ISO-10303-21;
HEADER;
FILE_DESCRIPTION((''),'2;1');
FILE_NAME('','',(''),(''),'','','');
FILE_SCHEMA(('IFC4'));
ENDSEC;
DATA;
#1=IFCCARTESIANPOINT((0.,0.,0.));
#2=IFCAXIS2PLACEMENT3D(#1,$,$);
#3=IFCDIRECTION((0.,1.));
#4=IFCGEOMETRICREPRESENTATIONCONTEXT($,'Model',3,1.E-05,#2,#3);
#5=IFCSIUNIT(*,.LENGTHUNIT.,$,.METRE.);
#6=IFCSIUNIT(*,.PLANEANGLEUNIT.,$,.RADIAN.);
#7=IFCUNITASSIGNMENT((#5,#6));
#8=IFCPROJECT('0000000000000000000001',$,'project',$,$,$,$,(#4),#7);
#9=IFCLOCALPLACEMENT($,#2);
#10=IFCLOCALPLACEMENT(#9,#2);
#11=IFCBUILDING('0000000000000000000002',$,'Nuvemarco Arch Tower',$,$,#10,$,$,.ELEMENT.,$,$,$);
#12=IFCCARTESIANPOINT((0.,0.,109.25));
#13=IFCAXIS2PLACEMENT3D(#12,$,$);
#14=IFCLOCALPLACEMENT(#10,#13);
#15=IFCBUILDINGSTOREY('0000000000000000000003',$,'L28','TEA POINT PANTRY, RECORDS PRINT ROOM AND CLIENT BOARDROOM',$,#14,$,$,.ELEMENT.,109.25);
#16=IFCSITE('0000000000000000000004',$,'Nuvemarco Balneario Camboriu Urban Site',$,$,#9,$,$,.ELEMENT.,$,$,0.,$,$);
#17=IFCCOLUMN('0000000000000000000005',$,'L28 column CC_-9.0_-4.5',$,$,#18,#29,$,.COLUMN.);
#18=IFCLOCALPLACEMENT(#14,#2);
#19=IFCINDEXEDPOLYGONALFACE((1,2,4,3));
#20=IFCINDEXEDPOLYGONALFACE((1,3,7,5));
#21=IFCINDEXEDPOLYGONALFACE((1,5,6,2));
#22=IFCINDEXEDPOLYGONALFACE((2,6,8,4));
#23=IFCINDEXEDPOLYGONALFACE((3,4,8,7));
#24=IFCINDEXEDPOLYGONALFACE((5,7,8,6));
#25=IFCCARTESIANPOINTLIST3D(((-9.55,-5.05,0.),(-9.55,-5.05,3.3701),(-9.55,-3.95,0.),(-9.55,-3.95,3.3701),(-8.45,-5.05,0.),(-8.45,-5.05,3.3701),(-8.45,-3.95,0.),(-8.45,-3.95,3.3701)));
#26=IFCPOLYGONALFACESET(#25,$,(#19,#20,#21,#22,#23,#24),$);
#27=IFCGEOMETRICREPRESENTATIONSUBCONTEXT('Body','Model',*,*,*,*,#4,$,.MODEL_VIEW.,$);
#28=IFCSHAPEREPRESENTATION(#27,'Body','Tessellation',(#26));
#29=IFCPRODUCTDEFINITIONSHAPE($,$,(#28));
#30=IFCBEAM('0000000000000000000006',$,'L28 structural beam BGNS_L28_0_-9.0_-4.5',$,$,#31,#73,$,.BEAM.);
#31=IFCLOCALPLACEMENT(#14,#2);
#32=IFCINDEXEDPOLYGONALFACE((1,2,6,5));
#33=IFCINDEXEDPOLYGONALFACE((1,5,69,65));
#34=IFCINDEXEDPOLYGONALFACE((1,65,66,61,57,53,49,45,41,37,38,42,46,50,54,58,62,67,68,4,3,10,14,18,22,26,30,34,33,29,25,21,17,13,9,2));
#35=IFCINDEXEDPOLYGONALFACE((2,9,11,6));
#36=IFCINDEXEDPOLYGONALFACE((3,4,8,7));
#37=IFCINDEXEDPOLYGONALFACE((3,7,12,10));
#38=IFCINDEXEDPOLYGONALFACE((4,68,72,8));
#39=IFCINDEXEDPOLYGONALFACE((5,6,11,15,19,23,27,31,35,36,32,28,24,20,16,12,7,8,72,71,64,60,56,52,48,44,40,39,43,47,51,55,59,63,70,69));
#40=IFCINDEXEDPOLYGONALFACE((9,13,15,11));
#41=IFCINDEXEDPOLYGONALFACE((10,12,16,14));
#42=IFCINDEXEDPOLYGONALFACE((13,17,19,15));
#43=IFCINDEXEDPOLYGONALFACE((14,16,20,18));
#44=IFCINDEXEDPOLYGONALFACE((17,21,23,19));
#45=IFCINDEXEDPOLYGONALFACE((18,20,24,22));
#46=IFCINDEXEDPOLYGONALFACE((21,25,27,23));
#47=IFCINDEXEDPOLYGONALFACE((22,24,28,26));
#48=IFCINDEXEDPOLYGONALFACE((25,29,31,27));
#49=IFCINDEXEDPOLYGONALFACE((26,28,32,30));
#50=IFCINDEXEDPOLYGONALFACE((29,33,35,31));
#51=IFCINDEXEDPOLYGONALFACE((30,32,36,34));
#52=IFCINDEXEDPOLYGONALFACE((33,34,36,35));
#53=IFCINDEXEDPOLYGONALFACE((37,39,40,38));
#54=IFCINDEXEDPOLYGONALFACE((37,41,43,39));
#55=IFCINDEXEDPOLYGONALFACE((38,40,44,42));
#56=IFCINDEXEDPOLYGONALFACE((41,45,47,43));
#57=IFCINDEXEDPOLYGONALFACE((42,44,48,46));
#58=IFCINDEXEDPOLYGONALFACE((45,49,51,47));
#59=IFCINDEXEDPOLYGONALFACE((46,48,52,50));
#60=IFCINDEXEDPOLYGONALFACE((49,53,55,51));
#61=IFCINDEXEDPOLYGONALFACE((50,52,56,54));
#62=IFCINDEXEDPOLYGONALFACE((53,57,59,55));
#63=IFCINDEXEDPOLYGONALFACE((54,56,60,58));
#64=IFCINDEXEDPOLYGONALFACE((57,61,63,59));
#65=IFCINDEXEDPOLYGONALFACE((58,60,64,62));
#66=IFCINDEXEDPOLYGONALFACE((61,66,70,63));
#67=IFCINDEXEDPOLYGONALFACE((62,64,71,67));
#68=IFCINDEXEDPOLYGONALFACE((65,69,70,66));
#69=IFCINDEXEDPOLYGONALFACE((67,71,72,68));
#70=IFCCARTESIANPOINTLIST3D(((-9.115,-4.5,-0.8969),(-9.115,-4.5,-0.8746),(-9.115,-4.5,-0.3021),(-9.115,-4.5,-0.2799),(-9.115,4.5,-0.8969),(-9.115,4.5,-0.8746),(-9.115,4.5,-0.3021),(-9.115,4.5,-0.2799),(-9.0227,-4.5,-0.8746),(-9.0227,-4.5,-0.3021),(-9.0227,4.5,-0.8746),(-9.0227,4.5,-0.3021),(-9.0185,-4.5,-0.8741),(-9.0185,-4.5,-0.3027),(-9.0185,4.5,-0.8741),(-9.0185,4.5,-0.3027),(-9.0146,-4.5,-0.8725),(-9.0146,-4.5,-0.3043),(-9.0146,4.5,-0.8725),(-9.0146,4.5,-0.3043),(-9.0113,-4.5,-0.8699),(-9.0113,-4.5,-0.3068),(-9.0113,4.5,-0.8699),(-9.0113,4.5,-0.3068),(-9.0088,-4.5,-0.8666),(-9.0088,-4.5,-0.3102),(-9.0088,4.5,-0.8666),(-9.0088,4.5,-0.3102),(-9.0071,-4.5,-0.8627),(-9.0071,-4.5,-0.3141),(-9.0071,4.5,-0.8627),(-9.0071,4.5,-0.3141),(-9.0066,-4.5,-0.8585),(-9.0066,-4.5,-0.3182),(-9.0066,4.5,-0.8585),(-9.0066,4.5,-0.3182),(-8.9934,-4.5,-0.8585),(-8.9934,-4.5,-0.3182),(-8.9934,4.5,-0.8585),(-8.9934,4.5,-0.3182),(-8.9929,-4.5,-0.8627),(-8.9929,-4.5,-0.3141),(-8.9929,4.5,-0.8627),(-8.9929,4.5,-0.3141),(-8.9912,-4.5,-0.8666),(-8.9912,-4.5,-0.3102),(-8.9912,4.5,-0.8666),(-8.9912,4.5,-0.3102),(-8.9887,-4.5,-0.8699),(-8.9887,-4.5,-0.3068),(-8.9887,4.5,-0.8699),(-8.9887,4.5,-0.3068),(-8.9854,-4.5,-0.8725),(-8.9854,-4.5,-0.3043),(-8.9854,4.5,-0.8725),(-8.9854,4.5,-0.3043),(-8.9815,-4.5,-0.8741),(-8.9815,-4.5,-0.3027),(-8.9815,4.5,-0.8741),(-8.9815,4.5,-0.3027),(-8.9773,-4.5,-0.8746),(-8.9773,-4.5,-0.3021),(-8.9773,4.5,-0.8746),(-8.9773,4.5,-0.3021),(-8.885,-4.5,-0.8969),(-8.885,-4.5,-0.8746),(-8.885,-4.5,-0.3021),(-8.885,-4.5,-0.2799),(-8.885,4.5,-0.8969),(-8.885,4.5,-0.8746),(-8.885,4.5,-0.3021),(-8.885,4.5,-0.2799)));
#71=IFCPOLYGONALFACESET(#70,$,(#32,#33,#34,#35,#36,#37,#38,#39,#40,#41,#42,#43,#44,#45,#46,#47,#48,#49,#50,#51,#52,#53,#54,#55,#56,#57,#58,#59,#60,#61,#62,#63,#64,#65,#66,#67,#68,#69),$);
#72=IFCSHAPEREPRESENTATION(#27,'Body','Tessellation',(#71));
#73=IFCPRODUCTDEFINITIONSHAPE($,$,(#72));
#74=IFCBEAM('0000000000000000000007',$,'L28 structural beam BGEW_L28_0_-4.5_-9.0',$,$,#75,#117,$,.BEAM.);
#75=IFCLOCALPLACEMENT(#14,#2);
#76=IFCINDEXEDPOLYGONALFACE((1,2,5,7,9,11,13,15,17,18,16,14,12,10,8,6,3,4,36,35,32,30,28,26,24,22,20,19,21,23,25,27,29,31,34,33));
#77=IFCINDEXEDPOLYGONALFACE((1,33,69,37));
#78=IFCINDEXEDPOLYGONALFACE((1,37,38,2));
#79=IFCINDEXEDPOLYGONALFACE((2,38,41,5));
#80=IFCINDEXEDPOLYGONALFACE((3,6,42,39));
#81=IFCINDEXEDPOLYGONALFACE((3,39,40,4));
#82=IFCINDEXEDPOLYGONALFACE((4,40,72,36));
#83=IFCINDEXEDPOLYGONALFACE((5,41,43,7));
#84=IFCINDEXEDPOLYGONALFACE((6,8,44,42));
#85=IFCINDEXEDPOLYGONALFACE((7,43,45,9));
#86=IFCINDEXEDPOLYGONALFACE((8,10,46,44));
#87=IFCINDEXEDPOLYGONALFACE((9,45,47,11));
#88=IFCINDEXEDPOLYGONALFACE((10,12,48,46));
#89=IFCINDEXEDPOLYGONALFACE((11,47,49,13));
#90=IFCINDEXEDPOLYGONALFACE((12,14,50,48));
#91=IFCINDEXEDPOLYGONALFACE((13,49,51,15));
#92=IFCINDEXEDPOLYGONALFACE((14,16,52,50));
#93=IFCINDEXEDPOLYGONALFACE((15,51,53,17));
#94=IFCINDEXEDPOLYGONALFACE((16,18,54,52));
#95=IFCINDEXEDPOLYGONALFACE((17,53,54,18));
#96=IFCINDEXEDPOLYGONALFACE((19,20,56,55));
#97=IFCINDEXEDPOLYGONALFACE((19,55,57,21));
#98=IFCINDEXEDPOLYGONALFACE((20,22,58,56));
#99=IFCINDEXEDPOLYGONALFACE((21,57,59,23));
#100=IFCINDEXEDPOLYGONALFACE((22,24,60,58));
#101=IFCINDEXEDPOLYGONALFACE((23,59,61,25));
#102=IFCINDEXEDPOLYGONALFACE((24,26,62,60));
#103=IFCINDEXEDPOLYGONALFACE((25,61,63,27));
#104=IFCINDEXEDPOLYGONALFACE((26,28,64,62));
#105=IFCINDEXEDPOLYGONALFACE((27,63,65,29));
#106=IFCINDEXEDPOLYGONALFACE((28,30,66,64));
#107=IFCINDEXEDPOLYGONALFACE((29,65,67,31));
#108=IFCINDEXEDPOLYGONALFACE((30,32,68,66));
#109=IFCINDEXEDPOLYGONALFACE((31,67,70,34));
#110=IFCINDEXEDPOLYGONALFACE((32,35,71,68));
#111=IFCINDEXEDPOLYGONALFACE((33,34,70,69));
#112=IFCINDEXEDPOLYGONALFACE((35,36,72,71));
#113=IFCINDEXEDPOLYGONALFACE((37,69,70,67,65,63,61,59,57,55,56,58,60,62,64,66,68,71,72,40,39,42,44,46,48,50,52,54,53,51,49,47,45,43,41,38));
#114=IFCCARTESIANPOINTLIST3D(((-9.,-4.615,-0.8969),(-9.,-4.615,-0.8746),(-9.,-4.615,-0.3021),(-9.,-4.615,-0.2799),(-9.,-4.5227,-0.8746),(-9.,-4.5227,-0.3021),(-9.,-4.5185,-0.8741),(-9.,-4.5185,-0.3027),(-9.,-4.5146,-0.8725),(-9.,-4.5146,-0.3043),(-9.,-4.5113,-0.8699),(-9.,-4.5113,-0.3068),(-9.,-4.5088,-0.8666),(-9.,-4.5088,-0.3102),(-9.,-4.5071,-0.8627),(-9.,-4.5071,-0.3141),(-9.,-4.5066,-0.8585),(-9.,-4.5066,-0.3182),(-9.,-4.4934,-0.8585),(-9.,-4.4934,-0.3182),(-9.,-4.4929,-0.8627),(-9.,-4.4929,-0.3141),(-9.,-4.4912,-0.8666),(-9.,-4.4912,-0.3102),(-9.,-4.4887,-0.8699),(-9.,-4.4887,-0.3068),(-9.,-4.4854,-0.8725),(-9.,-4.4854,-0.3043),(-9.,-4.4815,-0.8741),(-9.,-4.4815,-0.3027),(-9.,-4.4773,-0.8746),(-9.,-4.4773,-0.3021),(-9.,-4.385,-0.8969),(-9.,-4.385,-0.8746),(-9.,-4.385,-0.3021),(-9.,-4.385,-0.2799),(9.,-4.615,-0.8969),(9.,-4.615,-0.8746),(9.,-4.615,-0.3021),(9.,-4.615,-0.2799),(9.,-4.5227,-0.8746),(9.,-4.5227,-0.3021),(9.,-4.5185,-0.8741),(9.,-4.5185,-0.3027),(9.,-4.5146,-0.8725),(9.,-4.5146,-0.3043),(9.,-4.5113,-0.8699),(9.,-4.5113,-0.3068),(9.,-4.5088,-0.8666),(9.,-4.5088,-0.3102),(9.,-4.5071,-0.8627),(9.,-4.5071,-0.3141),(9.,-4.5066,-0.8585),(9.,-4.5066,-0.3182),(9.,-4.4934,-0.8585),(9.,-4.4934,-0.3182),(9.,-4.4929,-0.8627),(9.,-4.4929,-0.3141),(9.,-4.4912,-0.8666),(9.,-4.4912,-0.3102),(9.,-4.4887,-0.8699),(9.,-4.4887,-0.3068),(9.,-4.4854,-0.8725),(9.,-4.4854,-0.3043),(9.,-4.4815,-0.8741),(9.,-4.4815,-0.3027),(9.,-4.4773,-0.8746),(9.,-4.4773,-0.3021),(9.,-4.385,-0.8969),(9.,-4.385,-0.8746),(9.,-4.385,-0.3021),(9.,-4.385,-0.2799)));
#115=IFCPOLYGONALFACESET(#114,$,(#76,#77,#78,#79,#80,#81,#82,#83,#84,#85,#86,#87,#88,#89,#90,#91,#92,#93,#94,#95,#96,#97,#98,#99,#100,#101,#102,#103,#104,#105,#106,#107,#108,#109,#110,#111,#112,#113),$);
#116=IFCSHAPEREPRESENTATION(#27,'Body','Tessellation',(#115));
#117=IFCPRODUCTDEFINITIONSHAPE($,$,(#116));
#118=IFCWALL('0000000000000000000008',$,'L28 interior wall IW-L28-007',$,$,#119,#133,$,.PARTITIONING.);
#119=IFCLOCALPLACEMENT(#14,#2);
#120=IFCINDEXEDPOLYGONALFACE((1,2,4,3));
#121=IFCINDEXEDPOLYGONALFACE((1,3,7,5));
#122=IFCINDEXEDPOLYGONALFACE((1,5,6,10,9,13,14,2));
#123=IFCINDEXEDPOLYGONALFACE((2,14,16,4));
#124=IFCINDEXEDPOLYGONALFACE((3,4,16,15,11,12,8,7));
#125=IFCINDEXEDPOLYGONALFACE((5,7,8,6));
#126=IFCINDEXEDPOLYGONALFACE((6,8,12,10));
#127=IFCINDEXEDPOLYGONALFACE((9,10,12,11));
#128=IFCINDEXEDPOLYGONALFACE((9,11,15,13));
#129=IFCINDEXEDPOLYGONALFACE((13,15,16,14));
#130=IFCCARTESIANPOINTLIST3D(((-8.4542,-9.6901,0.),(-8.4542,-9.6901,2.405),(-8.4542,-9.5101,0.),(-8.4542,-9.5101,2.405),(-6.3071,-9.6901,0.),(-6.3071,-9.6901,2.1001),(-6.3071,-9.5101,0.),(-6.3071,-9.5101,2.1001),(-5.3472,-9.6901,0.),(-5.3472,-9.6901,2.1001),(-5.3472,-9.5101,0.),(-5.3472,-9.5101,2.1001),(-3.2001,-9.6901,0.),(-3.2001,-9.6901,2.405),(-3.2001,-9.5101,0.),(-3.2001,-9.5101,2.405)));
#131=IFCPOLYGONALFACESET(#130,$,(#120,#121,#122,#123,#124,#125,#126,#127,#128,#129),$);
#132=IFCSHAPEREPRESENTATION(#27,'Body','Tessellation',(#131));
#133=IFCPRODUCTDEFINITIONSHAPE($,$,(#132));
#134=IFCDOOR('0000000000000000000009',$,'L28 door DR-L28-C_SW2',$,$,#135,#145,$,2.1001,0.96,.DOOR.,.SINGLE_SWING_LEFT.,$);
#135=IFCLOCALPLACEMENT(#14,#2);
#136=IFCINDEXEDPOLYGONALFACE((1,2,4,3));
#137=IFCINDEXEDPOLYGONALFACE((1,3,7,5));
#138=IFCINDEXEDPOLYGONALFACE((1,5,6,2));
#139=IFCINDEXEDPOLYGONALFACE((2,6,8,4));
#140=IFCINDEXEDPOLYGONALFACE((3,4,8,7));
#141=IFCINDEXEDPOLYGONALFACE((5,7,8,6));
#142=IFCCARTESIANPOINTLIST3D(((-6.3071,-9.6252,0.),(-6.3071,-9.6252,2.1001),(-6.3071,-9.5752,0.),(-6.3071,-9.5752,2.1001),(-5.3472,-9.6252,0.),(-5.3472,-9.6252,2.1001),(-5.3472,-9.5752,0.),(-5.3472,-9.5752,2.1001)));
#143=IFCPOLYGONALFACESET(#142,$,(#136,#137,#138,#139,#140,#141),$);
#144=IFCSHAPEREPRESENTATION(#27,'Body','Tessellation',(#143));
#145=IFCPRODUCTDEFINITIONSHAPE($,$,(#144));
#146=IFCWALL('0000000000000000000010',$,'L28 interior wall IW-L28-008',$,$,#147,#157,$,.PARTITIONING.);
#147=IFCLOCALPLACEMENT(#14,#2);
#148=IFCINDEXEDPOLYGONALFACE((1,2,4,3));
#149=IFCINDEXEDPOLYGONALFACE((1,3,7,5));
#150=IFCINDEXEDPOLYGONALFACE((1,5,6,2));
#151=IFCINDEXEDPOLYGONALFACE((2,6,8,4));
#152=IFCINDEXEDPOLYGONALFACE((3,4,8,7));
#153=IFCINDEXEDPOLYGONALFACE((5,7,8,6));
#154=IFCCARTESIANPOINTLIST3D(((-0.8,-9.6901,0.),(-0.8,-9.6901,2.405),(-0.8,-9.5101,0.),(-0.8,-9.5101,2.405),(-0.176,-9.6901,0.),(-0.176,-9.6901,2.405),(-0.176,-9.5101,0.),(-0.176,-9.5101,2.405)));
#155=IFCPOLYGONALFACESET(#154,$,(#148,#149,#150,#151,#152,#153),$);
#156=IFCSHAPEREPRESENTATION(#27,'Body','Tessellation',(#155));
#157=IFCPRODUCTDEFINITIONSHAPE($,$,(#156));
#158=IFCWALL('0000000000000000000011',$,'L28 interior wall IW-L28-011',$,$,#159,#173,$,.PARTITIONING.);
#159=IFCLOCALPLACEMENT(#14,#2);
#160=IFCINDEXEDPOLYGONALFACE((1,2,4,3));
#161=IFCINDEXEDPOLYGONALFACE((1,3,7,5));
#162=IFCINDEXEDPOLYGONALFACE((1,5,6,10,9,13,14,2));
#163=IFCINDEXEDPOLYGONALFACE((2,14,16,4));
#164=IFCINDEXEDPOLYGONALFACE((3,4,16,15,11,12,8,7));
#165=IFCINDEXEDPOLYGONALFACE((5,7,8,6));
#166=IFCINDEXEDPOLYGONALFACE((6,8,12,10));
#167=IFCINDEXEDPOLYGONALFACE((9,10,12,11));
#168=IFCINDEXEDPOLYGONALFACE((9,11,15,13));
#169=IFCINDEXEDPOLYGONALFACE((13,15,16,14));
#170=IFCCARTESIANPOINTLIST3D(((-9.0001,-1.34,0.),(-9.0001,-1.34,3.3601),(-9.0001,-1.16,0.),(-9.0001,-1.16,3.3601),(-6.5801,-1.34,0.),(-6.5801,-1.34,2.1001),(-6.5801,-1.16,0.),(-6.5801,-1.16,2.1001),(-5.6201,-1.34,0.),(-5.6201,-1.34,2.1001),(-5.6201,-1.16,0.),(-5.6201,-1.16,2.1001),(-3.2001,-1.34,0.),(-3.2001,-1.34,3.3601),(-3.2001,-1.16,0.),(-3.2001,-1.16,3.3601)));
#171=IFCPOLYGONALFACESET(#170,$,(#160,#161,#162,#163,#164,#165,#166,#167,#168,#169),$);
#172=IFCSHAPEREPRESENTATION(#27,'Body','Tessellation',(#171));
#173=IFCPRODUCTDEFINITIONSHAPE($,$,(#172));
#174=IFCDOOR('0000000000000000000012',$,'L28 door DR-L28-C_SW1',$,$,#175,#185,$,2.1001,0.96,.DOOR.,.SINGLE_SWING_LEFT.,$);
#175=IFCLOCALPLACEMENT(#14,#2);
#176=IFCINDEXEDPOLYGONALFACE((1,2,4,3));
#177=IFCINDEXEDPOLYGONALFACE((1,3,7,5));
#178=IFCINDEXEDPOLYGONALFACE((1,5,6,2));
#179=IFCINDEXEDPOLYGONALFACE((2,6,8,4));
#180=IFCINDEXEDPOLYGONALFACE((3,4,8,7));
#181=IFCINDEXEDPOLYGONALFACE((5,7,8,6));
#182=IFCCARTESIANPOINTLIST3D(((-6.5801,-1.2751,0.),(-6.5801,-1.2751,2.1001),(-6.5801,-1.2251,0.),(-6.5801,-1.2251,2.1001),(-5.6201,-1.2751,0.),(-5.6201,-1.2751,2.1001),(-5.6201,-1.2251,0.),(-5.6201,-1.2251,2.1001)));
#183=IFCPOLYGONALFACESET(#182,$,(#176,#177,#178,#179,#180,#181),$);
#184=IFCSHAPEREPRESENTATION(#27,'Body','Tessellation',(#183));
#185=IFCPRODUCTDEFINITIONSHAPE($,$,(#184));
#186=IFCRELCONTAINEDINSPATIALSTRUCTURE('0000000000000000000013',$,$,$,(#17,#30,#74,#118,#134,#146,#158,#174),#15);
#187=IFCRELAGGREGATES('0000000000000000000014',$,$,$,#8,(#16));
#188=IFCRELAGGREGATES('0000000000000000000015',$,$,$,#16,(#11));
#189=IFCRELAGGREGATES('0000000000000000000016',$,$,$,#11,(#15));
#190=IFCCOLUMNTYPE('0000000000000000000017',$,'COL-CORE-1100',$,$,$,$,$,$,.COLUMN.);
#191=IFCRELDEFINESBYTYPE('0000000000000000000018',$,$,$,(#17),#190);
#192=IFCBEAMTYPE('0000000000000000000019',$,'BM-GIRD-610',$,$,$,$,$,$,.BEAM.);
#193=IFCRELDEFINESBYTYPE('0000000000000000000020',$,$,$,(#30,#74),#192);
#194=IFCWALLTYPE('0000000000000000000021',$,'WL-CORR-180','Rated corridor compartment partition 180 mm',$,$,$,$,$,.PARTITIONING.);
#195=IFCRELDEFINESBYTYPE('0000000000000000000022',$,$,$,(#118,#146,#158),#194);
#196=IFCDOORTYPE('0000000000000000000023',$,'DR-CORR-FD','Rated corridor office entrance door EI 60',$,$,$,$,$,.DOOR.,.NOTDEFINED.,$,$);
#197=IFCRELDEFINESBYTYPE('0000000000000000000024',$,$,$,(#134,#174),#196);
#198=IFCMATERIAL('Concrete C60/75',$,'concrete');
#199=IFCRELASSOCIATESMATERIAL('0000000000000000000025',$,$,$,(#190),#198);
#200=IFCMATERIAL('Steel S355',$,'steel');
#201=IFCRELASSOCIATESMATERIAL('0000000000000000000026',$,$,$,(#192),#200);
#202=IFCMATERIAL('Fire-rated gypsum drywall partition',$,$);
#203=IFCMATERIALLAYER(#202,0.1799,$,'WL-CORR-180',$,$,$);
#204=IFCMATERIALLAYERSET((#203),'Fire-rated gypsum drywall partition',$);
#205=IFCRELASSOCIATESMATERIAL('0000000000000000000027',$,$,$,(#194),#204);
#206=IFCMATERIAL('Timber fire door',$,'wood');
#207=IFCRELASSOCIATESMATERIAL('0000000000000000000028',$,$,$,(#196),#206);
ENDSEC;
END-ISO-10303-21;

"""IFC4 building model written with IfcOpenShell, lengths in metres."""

from ifc_helpers import new_model, si_unit, direction, frame, frame_2d, origin, origin_2d, place, context, subcontext, project, spatial, rectangle, i_section, extrude, source, transform, mapped, material, layer, layer_set, material_profile, profile_set, type_object, type_shapes, element, fill, save


model = new_model("IFC4")

# Units and contexts
model_context = context("Model", 3, precision=1e-05, world=origin(), true_north=direction((0.0, 1.0)))
body_context = subcontext(model_context, "Body", "Model", "MODEL_VIEW")
ifc_project = project(units=[si_unit("LENGTHUNIT", "METRE"), si_unit("PLANEANGLEUNIT", "RADIAN")], contexts=[model_context])

# Site, building, storey
site_placement = place(None, origin())
site = spatial("IfcSite", under=ifc_project, at=site_placement, Name="Nuvemarco Balneario Camboriu Urban Site", CompositionType="ELEMENT", RefElevation=0.0)
building_placement = place(site_placement, origin())
building = spatial("IfcBuilding", under=site, at=building_placement, Name="Nuvemarco Arch Tower", CompositionType="ELEMENT")
storey_placement = place(building_placement, frame((0.0, 0.0, 109.25)))
storey = spatial("IfcBuildingStorey", under=building, at=storey_placement, Name="L28", Description="TEA POINT PANTRY, RECORDS PRINT ROOM AND CLIENT BOARDROOM", CompositionType="ELEMENT", Elevation=109.25)

# Column
ifc_material_1 = material(Name="Concrete C60/75", Category="concrete")
ifc_material_profile_1 = material_profile(ifc_material_1, rectangle(XDim=1.1001, YDim=1.1001, at=origin_2d()), Name="RC-COL-1100x1100")
ifc_profile_set_1 = profile_set([ifc_material_profile_1], Name="Concrete C60/75")
column_type = type_object("IfcColumnType", Name="COL-CORE-1100", PredefinedType="COLUMN", material=ifc_profile_set_1)
column_placement = place(storey_placement, frame((-9.0, -4.5, 0.0), z_axis=(0.0, 0.0, 1.0), x_axis=(1.0, 0.0, 0.0)))
element("IfcColumn", 1, at=column_placement, inside=storey, type_object=column_type, Name="L28 column CC_-9.0_-4.5", PredefinedType="COLUMN", context=body_context, shape_type="SweptSolid", body=[
    extrude(rectangle(XDim=1.1001, YDim=1.1001, at=origin_2d()), origin(), (0.0, 0.0, 1.0), 3.3701),
])

# Beams
ifc_material_2 = material(Name="Steel S355", Category="steel")
ifc_material_profile_2 = material_profile(ifc_material_2, i_section(OverallWidth=0.23, OverallDepth=0.6169, WebThickness=0.0132, FlangeThickness=0.0222, FilletRadius=0.0161, at=origin_2d()), Name="W610x140")
ifc_profile_set_2 = profile_set([ifc_material_profile_2], Name="Steel S355")
beam_type = type_object("IfcBeamType", Name="BM-GIRD-610", PredefinedType="BEAM", material=ifc_profile_set_2)
beam_1_placement = place(storey_placement, frame((-9.0, -4.5, -0.5884), z_axis=(0.0, 1.0, 0.0), x_axis=(-1.0, 0.0, 0.0)))
element("IfcBeam", 2, at=beam_1_placement, inside=storey, type_object=beam_type, Name="L28 structural beam BGNS_L28_0_-9.0_-4.5", PredefinedType="BEAM", context=body_context, shape_type="SweptSolid", body=[
    extrude(i_section(OverallWidth=0.23, OverallDepth=0.6169, WebThickness=0.0132, FlangeThickness=0.0222, FilletRadius=0.0161, at=origin_2d()), origin(), (0.0, 0.0, 1.0), 9.0),
])
beam_2_placement = place(storey_placement, frame((-9.0, -4.5, -0.5884), z_axis=(1.0, 0.0, 0.0), x_axis=(0.0, 1.0, 0.0)))
element("IfcBeam", 3, at=beam_2_placement, inside=storey, type_object=beam_type, Name="L28 structural beam BGEW_L28_0_-4.5_-9.0", PredefinedType="BEAM", context=body_context, shape_type="SweptSolid", body=[
    extrude(i_section(OverallWidth=0.23, OverallDepth=0.6169, WebThickness=0.0132, FlangeThickness=0.0222, FilletRadius=0.0161, at=origin_2d()), origin(), (0.0, 0.0, 1.0), 18.0),
])

# Wall, opening, door
ifc_material_3 = material(Name="Fire-rated gypsum drywall partition")
ifc_layer_1 = layer(ifc_material_3, 0.1799, Name="WL-CORR-180")
ifc_layer_set_1 = layer_set([ifc_layer_1], Name="Fire-rated gypsum drywall partition")
wall_type_1 = type_object("IfcWallType", Name="WL-CORR-180", Description="Rated corridor compartment partition 180 mm", PredefinedType="PARTITIONING", material=ifc_layer_set_1)
wall_1_placement = place(storey_placement, frame((-8.4541, -9.6001, 0.0), z_axis=(0.0, 0.0, 1.0), x_axis=(1.0, 0.0, 0.0)))
wall_1 = element("IfcWall", 4, at=wall_1_placement, inside=storey, type_object=wall_type_1, Name="L28 interior wall IW-L28-007", PredefinedType="PARTITIONING", context=body_context, shape_type="SweptSolid", body=[
    extrude(rectangle(XDim=5.2542, YDim=0.1799, at=frame_2d((2.627, 0.0))), origin(), (0.0, 0.0, 1.0), 2.405),
])
opening_1_placement = place(wall_1_placement, frame((2.147, 0.0, 0.0)))
opening_1 = element("IfcOpeningElement", 5, at=opening_1_placement, cuts=wall_1, PredefinedType="OPENING", context=body_context, shape_type="SweptSolid", body=[
    extrude(rectangle(XDim=0.96, YDim=2.1001, at=frame_2d((0.48, 1.05))), frame((0.0, 0.0999, 0.0), z_axis=(0.0, -1.0, 0.0), x_axis=(1.0, 0.0, 0.0)), (0.0, 0.0, 1.0), 0.2),
])
ifc_material_4 = material(Name="Timber fire door", Category="wood")
door_type = type_object("IfcDoorType", Name="DR-CORR-FD", Description="Rated corridor office entrance door EI 60", OperationType="NOTDEFINED", PredefinedType="DOOR", material=ifc_material_4)
shared_shape = source(origin(), body_context, "Body", "SweptSolid", [
    extrude(rectangle(XDim=0.96, YDim=2.1001, at=frame_2d((0.48, 1.05))), frame((0.0, 0.0249, 0.0), z_axis=(0.0, -1.0, 0.0), x_axis=(1.0, 0.0, 0.0)), (0.0, 0.0, 1.0), 0.05),
])
type_shapes(door_type, [shared_shape])
door_1_placement = place(opening_1_placement, origin())
door_1 = element("IfcDoor", 6, at=door_1_placement, inside=storey, type_object=door_type, Name="L28 door DR-L28-C_SW2", OperationType="SINGLE_SWING_LEFT", OverallHeight=2.1001, OverallWidth=0.96, PredefinedType="DOOR", context=body_context, shape_type="MappedRepresentation", body=[
    mapped(shared_shape, transform((0.0, 0.0, 0.0), scale=1.0)),
])
fill(opening_1, door_1)

# Wall
wall_2_placement = place(storey_placement, frame((-0.8, -9.6001, 0.0), z_axis=(0.0, 0.0, 1.0), x_axis=(1.0, 0.0, 0.0)))
element("IfcWall", 7, at=wall_2_placement, inside=storey, type_object=wall_type_1, Name="L28 interior wall IW-L28-008", PredefinedType="PARTITIONING", context=body_context, shape_type="SweptSolid", body=[
    extrude(rectangle(XDim=0.624, YDim=0.1799, at=frame_2d((0.312, 0.0))), origin(), (0.0, 0.0, 1.0), 2.405),
])

# Wall, opening, door
wall_3_placement = place(storey_placement, frame((-9.0, -1.25, 0.0), z_axis=(0.0, 0.0, 1.0), x_axis=(1.0, 0.0, 0.0)))
wall_3 = element("IfcWall", 8, at=wall_3_placement, inside=storey, type_object=wall_type_1, Name="L28 interior wall IW-L28-011", PredefinedType="PARTITIONING", context=body_context, shape_type="SweptSolid", body=[
    extrude(rectangle(XDim=5.8, YDim=0.1799, at=frame_2d((2.8999, 0.0))), origin(), (0.0, 0.0, 1.0), 3.3601),
])
opening_2_placement = place(wall_3_placement, frame((2.4199, 0.0, 0.0)))
opening_2 = element("IfcOpeningElement", 9, at=opening_2_placement, cuts=wall_3, PredefinedType="OPENING", context=body_context, shape_type="SweptSolid", body=[
    extrude(rectangle(XDim=0.96, YDim=2.1001, at=frame_2d((0.48, 1.05))), frame((0.0, 0.0999, 0.0), z_axis=(0.0, -1.0, 0.0), x_axis=(1.0, 0.0, 0.0)), (0.0, 0.0, 1.0), 0.2),
])
door_2_placement = place(opening_2_placement, origin())
door_2 = element("IfcDoor", 10, at=door_2_placement, inside=storey, type_object=door_type, Name="L28 door DR-L28-C_SW1", OperationType="SINGLE_SWING_LEFT", OverallHeight=2.1001, OverallWidth=0.96, PredefinedType="DOOR", context=body_context, shape_type="MappedRepresentation", body=[
    mapped(shared_shape, transform((0.0, 0.0, 0.0), scale=1.0)),
])
fill(opening_2, door_2)

save(model, "model.ifc")
